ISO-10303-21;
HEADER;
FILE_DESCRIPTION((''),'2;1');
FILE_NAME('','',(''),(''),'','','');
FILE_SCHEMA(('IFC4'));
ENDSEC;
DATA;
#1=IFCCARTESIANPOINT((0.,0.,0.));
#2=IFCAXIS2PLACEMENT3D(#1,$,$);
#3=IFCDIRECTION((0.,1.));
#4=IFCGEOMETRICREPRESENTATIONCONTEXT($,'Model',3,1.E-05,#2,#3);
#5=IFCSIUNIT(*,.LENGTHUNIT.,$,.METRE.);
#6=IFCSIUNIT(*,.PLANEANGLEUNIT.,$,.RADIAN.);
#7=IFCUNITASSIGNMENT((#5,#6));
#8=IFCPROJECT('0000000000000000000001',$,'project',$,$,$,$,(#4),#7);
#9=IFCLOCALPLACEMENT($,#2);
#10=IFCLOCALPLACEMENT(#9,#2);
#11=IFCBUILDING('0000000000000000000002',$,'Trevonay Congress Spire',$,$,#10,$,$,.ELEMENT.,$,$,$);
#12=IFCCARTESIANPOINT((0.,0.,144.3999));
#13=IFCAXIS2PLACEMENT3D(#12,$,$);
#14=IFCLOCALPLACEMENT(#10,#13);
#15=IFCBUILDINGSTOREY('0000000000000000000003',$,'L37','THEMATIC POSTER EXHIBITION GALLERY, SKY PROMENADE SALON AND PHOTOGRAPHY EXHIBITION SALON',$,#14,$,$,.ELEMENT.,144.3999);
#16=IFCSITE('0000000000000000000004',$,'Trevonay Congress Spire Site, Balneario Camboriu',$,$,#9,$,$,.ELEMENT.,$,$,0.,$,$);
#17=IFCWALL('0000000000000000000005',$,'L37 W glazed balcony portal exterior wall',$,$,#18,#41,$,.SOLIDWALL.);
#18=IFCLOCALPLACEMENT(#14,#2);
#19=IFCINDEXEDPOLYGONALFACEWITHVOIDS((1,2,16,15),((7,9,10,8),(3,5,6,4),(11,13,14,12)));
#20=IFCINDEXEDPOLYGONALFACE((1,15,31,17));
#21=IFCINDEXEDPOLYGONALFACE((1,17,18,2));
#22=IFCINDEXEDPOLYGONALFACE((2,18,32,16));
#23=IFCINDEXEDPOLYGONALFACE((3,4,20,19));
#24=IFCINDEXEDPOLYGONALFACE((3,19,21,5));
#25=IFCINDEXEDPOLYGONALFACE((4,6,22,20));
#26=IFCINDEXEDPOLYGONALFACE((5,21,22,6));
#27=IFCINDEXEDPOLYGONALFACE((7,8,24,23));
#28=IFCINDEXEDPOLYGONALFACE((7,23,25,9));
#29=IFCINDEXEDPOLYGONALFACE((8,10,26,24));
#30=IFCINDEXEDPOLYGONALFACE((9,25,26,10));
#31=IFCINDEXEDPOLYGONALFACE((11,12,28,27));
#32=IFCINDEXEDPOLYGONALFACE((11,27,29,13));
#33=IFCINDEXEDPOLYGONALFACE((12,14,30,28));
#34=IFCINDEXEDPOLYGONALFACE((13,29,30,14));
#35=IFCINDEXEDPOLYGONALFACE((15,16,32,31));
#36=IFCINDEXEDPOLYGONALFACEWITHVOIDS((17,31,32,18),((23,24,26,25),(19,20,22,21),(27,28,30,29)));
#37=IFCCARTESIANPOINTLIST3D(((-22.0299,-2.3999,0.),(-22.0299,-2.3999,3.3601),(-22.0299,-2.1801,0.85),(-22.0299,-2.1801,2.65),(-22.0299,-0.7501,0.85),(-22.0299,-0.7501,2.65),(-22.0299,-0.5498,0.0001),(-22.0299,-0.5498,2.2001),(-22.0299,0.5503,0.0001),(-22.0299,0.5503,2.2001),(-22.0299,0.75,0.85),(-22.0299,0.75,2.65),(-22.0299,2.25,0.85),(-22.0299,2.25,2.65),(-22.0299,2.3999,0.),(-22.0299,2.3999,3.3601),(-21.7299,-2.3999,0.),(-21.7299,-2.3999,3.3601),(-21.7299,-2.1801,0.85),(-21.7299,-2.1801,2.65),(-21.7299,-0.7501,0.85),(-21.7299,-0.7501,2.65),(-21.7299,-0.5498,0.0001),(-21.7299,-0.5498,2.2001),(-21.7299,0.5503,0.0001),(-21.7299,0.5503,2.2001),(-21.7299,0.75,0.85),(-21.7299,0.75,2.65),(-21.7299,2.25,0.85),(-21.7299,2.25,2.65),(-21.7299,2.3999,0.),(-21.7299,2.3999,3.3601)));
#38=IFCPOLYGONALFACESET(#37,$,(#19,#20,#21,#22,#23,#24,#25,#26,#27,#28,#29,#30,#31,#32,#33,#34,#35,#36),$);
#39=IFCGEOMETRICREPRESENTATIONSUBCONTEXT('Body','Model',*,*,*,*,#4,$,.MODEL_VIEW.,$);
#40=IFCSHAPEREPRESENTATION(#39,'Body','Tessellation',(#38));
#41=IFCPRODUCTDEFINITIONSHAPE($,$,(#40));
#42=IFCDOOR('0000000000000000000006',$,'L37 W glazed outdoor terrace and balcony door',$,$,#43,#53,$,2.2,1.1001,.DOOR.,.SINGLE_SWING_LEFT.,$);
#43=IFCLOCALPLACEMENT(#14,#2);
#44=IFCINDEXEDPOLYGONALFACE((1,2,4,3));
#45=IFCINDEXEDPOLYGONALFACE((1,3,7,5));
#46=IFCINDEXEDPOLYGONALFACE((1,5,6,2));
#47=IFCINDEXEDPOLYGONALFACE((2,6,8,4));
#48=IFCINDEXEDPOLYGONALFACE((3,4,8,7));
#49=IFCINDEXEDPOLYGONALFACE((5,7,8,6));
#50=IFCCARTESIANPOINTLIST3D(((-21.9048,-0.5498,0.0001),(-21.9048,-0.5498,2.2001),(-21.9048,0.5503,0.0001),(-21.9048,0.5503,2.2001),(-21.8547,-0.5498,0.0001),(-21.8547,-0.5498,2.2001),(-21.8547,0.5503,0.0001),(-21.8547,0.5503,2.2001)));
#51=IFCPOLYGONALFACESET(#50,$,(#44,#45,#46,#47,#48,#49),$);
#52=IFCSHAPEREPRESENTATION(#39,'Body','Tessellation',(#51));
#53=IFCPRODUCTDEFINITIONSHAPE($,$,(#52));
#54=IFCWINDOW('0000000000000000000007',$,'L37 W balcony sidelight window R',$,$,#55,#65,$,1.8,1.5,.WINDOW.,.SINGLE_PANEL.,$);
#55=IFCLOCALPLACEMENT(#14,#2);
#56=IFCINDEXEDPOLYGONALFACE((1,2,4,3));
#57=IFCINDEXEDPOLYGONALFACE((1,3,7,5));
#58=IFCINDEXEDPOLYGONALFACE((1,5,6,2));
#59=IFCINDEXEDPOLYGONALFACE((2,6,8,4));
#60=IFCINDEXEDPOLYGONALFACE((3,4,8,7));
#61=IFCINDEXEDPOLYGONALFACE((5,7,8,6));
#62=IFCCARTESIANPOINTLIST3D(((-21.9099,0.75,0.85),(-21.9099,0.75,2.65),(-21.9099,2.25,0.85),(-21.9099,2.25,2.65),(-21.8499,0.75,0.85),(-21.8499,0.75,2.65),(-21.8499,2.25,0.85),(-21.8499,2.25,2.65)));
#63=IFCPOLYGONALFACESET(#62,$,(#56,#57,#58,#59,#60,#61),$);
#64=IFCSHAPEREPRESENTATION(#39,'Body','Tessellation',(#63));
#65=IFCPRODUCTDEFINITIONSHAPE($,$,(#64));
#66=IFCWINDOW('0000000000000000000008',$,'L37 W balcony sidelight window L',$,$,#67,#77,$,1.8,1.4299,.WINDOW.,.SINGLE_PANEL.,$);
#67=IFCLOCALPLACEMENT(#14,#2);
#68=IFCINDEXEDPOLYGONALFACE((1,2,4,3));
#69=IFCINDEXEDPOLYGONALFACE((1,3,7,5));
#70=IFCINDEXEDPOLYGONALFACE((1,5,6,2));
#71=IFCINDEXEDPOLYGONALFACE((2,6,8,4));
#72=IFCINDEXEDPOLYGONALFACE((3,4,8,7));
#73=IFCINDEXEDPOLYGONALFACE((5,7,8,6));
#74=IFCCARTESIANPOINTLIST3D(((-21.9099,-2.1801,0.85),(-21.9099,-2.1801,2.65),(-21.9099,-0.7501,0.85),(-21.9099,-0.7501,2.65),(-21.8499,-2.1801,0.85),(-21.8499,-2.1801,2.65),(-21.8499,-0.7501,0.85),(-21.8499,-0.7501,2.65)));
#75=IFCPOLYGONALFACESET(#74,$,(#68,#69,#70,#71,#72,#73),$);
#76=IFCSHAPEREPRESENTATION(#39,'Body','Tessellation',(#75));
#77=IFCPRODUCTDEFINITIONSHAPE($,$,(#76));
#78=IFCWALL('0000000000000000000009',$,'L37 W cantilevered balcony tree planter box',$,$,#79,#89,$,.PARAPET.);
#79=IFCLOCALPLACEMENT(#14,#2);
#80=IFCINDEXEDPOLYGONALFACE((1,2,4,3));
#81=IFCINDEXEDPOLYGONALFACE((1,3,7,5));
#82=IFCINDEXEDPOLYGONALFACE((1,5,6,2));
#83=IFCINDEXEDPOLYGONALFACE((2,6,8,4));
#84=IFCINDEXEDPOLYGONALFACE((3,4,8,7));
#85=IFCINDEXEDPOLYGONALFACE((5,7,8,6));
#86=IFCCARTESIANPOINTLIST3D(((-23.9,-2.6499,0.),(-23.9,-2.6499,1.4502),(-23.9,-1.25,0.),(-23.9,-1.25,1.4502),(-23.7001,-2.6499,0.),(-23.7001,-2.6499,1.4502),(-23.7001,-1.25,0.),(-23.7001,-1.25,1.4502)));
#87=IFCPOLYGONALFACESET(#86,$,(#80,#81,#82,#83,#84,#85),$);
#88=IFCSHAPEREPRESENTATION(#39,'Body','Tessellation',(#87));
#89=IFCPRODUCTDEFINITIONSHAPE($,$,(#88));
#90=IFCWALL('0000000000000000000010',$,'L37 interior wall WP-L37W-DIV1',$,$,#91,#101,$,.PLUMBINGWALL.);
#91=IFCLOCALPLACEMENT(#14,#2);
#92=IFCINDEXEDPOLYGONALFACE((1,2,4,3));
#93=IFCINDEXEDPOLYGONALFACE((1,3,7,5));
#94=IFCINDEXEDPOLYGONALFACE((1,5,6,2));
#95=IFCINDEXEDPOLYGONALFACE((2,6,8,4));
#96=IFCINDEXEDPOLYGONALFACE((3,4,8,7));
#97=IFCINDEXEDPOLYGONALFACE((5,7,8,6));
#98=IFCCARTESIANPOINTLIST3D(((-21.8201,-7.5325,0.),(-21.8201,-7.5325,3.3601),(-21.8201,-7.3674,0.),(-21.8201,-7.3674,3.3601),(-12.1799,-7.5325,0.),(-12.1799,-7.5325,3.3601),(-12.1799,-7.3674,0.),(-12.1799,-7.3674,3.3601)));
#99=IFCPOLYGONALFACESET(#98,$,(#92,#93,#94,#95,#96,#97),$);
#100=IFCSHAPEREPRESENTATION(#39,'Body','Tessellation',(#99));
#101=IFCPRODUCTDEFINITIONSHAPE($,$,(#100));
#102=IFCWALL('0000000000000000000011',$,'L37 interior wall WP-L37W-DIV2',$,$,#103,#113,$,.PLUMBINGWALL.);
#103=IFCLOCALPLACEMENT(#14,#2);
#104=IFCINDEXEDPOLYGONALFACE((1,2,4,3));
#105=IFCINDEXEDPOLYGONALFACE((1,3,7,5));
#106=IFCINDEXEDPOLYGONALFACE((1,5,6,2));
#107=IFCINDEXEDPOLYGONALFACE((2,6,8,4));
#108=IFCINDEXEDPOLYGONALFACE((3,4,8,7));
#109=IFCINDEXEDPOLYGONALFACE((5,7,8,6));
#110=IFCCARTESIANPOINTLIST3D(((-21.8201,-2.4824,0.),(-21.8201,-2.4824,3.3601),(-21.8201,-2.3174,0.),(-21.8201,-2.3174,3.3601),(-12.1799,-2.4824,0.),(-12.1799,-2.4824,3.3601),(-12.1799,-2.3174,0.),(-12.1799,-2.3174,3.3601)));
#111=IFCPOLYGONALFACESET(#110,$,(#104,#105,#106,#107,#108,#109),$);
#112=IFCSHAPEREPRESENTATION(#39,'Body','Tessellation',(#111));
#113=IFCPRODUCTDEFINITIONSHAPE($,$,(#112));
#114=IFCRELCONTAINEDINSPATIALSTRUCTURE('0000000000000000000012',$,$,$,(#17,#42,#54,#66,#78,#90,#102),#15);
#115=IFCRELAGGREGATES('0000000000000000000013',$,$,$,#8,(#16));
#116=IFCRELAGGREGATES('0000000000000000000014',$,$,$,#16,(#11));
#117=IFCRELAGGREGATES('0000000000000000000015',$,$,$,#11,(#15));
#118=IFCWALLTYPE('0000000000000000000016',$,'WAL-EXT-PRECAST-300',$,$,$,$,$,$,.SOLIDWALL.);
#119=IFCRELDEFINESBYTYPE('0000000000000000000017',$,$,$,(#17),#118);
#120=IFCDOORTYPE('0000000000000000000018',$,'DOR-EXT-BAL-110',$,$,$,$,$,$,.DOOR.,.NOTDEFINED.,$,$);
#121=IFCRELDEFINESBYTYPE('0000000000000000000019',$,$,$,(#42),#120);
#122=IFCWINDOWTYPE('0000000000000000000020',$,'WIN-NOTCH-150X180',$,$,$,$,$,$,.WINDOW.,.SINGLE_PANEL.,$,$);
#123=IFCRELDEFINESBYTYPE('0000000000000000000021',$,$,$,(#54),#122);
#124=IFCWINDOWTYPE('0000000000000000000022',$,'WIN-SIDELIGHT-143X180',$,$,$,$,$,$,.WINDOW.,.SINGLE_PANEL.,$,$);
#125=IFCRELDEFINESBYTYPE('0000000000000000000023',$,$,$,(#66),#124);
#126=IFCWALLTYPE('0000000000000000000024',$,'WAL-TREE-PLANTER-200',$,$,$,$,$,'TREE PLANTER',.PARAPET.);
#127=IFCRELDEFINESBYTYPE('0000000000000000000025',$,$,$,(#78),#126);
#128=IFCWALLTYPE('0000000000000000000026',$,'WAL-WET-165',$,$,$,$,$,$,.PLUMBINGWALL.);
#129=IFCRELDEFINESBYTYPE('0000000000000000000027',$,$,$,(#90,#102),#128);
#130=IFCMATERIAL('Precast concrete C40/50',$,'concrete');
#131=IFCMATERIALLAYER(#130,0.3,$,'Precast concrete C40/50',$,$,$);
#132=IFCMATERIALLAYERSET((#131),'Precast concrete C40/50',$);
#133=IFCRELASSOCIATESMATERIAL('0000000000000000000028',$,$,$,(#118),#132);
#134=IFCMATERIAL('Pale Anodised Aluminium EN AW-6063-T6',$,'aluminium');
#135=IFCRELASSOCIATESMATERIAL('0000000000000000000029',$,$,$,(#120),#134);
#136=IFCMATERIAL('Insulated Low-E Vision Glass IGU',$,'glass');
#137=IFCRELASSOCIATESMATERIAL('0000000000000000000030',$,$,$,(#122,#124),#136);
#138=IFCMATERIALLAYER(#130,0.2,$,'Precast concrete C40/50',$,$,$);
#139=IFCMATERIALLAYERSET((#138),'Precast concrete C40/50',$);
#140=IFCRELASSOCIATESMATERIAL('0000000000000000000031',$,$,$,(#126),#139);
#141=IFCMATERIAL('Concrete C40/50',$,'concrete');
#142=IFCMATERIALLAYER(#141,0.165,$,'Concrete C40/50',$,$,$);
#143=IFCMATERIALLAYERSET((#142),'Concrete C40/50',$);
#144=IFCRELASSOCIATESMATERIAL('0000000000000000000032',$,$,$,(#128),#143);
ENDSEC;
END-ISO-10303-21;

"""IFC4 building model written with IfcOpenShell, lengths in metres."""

from ifc_helpers import new_model, si_unit, direction, frame, frame_2d, origin, place, context, subcontext, project, spatial, rectangle, extrude, material, layer, layer_set, type_object, element, fill, save


model = new_model("IFC4")

# Units and contexts
model_context = context("Model", 3, precision=1e-05, world=origin(), true_north=direction((0.0, 1.0)))
body_context = subcontext(model_context, "Body", "Model", "MODEL_VIEW")
ifc_project = project(units=[si_unit("LENGTHUNIT", "METRE"), si_unit("PLANEANGLEUNIT", "RADIAN")], contexts=[model_context])

# Site, building, storey
site_placement = place(None, origin())
site = spatial("IfcSite", under=ifc_project, at=site_placement, Name="Trevonay Congress Spire Site, Balneario Camboriu", CompositionType="ELEMENT", RefElevation=0.0)
building_placement = place(site_placement, origin())
building = spatial("IfcBuilding", under=site, at=building_placement, Name="Trevonay Congress Spire", CompositionType="ELEMENT")
storey_placement = place(building_placement, frame((0.0, 0.0, 144.3999)))
storey = spatial("IfcBuildingStorey", under=building, at=storey_placement, Name="L37", Description="THEMATIC POSTER EXHIBITION GALLERY, SKY PROMENADE SALON AND PHOTOGRAPHY EXHIBITION SALON", CompositionType="ELEMENT", Elevation=144.3999)

# Shared definitions
ifc_material_1 = material(Name="Pale Anodised Aluminium EN AW-6063-T6", Category="aluminium")

# Shared definitions
ifc_material_2 = material(Name="Insulated Low-E Vision Glass IGU", Category="glass")

# Shared definitions
ifc_material_3 = material(Name="Concrete C40/50", Category="concrete")

# Shared definitions
ifc_material_4 = material(Name="Precast concrete C40/50", Category="concrete")
ifc_layer_1 = layer(ifc_material_4, 0.3, Name="Precast concrete C40/50")
ifc_layer_set_1 = layer_set([ifc_layer_1], Name="Precast concrete C40/50")
wall_type_1 = type_object("IfcWallType", Name="WAL-EXT-PRECAST-300", PredefinedType="SOLIDWALL", material=ifc_layer_set_1)

# Wall, openings, door, windows
wall_1_placement = place(storey_placement, frame((-21.8799, -2.3999, 0.0), z_axis=(0.0, 0.0, 1.0), x_axis=(0.0, 1.0, 0.0)))
wall_1 = element("IfcWall", 1, at=wall_1_placement, inside=storey, type_object=wall_type_1, Name="L37 W glazed balcony portal exterior wall", PredefinedType="SOLIDWALL", context=body_context, shape_type="SweptSolid", body=[
    extrude(rectangle(XDim=4.7998, YDim=0.3, at=frame_2d((2.3999, 0.0))), origin(), (0.0, 0.0, 1.0), 3.3601),
])
opening_1_placement = place(wall_1_placement, frame((1.8501, 0.0, 0.0)))
opening_1 = element("IfcOpeningElement", 2, at=opening_1_placement, cuts=wall_1, PredefinedType="OPENING", context=body_context, shape_type="SweptSolid", body=[
    extrude(rectangle(XDim=1.1001, YDim=2.2, at=frame_2d((0.55, 1.1001))), frame((0.0, 0.1602, 0.0), z_axis=(0.0, -1.0, 0.0), x_axis=(1.0, 0.0, 0.0)), (0.0, 0.0, 1.0), 0.3201),
])
opening_2_placement = place(wall_1_placement, frame((0.22, 0.0, 0.8501)))
opening_2 = element("IfcOpeningElement", 3, at=opening_2_placement, cuts=wall_1, PredefinedType="OPENING", context=body_context, shape_type="SweptSolid", body=[
    extrude(rectangle(XDim=1.4299, YDim=1.8, at=frame_2d((0.7148, 0.8999))), frame((0.0, 0.1602, 0.0), z_axis=(0.0, -1.0, 0.0), x_axis=(1.0, 0.0, 0.0)), (0.0, 0.0, 1.0), 0.3201),
])
opening_3_placement = place(wall_1_placement, frame((3.1499, 0.0, 0.8501)))
opening_3 = element("IfcOpeningElement", 4, at=opening_3_placement, cuts=wall_1, PredefinedType="OPENING", context=body_context, shape_type="SweptSolid", body=[
    extrude(rectangle(XDim=1.5, YDim=1.8, at=frame_2d((0.75, 0.8999))), frame((0.0, 0.1602, 0.0), z_axis=(0.0, -1.0, 0.0), x_axis=(1.0, 0.0, 0.0)), (0.0, 0.0, 1.0), 0.3201),
])
door_type_1 = type_object("IfcDoorType", Name="DOR-EXT-BAL-110", OperationType="NOTDEFINED", PredefinedType="DOOR", material=ifc_material_1)
door_1_placement = place(opening_1_placement, origin())
door_1 = element("IfcDoor", 5, at=door_1_placement, inside=storey, type_object=door_type_1, Name="L37 W glazed outdoor terrace and balcony door", OperationType="SINGLE_SWING_LEFT", OverallHeight=2.2, OverallWidth=1.1001, PredefinedType="DOOR", context=body_context, shape_type="SweptSolid", body=[
    extrude(rectangle(XDim=1.1001, YDim=2.2, at=frame_2d((0.55, 1.1001))), frame((0.0, 0.0249, 0.0), z_axis=(0.0, -1.0, 0.0), x_axis=(1.0, 0.0, 0.0)), (0.0, 0.0, 1.0), 0.05),
])
fill(opening_1, door_1)
window_type_1 = type_object("IfcWindowType", Name="WIN-NOTCH-150X180", PartitioningType="SINGLE_PANEL", PredefinedType="WINDOW", material=ifc_material_2)
window_1_placement = place(opening_3_placement, origin())
window_1 = element("IfcWindow", 6, at=window_1_placement, inside=storey, type_object=window_type_1, Name="L37 W balcony sidelight window R", OverallHeight=1.8, OverallWidth=1.5, PartitioningType="SINGLE_PANEL", PredefinedType="WINDOW", context=body_context, shape_type="SweptSolid", body=[
    extrude(rectangle(XDim=1.5, YDim=1.8, at=frame_2d((0.75, 0.8999))), frame((0.0, 0.03, 0.0), z_axis=(0.0, -1.0, 0.0), x_axis=(1.0, 0.0, 0.0)), (0.0, 0.0, 1.0), 0.0601),
])
fill(opening_3, window_1)
window_type_2 = type_object("IfcWindowType", Name="WIN-SIDELIGHT-143X180", PartitioningType="SINGLE_PANEL", PredefinedType="WINDOW", material=ifc_material_2)
window_2_placement = place(opening_2_placement, origin())
window_2 = element("IfcWindow", 7, at=window_2_placement, inside=storey, type_object=window_type_2, Name="L37 W balcony sidelight window L", OverallHeight=1.8, OverallWidth=1.4299, PartitioningType="SINGLE_PANEL", PredefinedType="WINDOW", context=body_context, shape_type="SweptSolid", body=[
    extrude(rectangle(XDim=1.4299, YDim=1.8, at=frame_2d((0.7148, 0.8999))), frame((0.0, 0.03, 0.0), z_axis=(0.0, -1.0, 0.0), x_axis=(1.0, 0.0, 0.0)), (0.0, 0.0, 1.0), 0.0601),
])
fill(opening_2, window_2)

# Walls
ifc_layer_2 = layer(ifc_material_4, 0.2, Name="Precast concrete C40/50")
ifc_layer_set_2 = layer_set([ifc_layer_2], Name="Precast concrete C40/50")
wall_type_2 = type_object("IfcWallType", Name="WAL-TREE-PLANTER-200", ElementType="TREE PLANTER", PredefinedType="PARAPET", material=ifc_layer_set_2)
wall_2_placement = place(storey_placement, frame((-23.8, -2.6499, 0.0), z_axis=(0.0, 0.0, 1.0), x_axis=(0.0, 1.0, 0.0)))
element("IfcWall", 8, at=wall_2_placement, inside=storey, type_object=wall_type_2, Name="L37 W cantilevered balcony tree planter box", PredefinedType="PARAPET", context=body_context, shape_type="SweptSolid", body=[
    extrude(rectangle(XDim=1.3999, YDim=0.2, at=frame_2d((0.7, 0.0))), origin(), (0.0, 0.0, 1.0), 1.4502),
])
ifc_layer_3 = layer(ifc_material_3, 0.165, Name="Concrete C40/50")
ifc_layer_set_3 = layer_set([ifc_layer_3], Name="Concrete C40/50")
wall_type_3 = type_object("IfcWallType", Name="WAL-WET-165", PredefinedType="PLUMBINGWALL", material=ifc_layer_set_3)
for number, where, z_axis, x_axis, name in (
    (9, (-21.8201, -7.45, 0.0), (0.0, 0.0, 1.0), (1.0, 0.0, 0.0), "L37 interior wall WP-L37W-DIV1"),
    (10, (-21.8201, -2.3999, 0.0), (0.0, 0.0, 1.0), (1.0, 0.0, 0.0), "L37 interior wall WP-L37W-DIV2"),
):
    element("IfcWall", number, at=place(storey_placement, frame(where, z_axis=z_axis, x_axis=x_axis)), inside=storey, type_object=wall_type_3, Name=name, PredefinedType="PLUMBINGWALL", context=body_context, shape_type="SweptSolid", body=[
        extrude(rectangle(XDim=9.6401, YDim=0.165, at=frame_2d((4.8201, 0.0))), origin(), (0.0, 0.0, 1.0), 3.3601),
    ])

save(model, "model.ifc")
